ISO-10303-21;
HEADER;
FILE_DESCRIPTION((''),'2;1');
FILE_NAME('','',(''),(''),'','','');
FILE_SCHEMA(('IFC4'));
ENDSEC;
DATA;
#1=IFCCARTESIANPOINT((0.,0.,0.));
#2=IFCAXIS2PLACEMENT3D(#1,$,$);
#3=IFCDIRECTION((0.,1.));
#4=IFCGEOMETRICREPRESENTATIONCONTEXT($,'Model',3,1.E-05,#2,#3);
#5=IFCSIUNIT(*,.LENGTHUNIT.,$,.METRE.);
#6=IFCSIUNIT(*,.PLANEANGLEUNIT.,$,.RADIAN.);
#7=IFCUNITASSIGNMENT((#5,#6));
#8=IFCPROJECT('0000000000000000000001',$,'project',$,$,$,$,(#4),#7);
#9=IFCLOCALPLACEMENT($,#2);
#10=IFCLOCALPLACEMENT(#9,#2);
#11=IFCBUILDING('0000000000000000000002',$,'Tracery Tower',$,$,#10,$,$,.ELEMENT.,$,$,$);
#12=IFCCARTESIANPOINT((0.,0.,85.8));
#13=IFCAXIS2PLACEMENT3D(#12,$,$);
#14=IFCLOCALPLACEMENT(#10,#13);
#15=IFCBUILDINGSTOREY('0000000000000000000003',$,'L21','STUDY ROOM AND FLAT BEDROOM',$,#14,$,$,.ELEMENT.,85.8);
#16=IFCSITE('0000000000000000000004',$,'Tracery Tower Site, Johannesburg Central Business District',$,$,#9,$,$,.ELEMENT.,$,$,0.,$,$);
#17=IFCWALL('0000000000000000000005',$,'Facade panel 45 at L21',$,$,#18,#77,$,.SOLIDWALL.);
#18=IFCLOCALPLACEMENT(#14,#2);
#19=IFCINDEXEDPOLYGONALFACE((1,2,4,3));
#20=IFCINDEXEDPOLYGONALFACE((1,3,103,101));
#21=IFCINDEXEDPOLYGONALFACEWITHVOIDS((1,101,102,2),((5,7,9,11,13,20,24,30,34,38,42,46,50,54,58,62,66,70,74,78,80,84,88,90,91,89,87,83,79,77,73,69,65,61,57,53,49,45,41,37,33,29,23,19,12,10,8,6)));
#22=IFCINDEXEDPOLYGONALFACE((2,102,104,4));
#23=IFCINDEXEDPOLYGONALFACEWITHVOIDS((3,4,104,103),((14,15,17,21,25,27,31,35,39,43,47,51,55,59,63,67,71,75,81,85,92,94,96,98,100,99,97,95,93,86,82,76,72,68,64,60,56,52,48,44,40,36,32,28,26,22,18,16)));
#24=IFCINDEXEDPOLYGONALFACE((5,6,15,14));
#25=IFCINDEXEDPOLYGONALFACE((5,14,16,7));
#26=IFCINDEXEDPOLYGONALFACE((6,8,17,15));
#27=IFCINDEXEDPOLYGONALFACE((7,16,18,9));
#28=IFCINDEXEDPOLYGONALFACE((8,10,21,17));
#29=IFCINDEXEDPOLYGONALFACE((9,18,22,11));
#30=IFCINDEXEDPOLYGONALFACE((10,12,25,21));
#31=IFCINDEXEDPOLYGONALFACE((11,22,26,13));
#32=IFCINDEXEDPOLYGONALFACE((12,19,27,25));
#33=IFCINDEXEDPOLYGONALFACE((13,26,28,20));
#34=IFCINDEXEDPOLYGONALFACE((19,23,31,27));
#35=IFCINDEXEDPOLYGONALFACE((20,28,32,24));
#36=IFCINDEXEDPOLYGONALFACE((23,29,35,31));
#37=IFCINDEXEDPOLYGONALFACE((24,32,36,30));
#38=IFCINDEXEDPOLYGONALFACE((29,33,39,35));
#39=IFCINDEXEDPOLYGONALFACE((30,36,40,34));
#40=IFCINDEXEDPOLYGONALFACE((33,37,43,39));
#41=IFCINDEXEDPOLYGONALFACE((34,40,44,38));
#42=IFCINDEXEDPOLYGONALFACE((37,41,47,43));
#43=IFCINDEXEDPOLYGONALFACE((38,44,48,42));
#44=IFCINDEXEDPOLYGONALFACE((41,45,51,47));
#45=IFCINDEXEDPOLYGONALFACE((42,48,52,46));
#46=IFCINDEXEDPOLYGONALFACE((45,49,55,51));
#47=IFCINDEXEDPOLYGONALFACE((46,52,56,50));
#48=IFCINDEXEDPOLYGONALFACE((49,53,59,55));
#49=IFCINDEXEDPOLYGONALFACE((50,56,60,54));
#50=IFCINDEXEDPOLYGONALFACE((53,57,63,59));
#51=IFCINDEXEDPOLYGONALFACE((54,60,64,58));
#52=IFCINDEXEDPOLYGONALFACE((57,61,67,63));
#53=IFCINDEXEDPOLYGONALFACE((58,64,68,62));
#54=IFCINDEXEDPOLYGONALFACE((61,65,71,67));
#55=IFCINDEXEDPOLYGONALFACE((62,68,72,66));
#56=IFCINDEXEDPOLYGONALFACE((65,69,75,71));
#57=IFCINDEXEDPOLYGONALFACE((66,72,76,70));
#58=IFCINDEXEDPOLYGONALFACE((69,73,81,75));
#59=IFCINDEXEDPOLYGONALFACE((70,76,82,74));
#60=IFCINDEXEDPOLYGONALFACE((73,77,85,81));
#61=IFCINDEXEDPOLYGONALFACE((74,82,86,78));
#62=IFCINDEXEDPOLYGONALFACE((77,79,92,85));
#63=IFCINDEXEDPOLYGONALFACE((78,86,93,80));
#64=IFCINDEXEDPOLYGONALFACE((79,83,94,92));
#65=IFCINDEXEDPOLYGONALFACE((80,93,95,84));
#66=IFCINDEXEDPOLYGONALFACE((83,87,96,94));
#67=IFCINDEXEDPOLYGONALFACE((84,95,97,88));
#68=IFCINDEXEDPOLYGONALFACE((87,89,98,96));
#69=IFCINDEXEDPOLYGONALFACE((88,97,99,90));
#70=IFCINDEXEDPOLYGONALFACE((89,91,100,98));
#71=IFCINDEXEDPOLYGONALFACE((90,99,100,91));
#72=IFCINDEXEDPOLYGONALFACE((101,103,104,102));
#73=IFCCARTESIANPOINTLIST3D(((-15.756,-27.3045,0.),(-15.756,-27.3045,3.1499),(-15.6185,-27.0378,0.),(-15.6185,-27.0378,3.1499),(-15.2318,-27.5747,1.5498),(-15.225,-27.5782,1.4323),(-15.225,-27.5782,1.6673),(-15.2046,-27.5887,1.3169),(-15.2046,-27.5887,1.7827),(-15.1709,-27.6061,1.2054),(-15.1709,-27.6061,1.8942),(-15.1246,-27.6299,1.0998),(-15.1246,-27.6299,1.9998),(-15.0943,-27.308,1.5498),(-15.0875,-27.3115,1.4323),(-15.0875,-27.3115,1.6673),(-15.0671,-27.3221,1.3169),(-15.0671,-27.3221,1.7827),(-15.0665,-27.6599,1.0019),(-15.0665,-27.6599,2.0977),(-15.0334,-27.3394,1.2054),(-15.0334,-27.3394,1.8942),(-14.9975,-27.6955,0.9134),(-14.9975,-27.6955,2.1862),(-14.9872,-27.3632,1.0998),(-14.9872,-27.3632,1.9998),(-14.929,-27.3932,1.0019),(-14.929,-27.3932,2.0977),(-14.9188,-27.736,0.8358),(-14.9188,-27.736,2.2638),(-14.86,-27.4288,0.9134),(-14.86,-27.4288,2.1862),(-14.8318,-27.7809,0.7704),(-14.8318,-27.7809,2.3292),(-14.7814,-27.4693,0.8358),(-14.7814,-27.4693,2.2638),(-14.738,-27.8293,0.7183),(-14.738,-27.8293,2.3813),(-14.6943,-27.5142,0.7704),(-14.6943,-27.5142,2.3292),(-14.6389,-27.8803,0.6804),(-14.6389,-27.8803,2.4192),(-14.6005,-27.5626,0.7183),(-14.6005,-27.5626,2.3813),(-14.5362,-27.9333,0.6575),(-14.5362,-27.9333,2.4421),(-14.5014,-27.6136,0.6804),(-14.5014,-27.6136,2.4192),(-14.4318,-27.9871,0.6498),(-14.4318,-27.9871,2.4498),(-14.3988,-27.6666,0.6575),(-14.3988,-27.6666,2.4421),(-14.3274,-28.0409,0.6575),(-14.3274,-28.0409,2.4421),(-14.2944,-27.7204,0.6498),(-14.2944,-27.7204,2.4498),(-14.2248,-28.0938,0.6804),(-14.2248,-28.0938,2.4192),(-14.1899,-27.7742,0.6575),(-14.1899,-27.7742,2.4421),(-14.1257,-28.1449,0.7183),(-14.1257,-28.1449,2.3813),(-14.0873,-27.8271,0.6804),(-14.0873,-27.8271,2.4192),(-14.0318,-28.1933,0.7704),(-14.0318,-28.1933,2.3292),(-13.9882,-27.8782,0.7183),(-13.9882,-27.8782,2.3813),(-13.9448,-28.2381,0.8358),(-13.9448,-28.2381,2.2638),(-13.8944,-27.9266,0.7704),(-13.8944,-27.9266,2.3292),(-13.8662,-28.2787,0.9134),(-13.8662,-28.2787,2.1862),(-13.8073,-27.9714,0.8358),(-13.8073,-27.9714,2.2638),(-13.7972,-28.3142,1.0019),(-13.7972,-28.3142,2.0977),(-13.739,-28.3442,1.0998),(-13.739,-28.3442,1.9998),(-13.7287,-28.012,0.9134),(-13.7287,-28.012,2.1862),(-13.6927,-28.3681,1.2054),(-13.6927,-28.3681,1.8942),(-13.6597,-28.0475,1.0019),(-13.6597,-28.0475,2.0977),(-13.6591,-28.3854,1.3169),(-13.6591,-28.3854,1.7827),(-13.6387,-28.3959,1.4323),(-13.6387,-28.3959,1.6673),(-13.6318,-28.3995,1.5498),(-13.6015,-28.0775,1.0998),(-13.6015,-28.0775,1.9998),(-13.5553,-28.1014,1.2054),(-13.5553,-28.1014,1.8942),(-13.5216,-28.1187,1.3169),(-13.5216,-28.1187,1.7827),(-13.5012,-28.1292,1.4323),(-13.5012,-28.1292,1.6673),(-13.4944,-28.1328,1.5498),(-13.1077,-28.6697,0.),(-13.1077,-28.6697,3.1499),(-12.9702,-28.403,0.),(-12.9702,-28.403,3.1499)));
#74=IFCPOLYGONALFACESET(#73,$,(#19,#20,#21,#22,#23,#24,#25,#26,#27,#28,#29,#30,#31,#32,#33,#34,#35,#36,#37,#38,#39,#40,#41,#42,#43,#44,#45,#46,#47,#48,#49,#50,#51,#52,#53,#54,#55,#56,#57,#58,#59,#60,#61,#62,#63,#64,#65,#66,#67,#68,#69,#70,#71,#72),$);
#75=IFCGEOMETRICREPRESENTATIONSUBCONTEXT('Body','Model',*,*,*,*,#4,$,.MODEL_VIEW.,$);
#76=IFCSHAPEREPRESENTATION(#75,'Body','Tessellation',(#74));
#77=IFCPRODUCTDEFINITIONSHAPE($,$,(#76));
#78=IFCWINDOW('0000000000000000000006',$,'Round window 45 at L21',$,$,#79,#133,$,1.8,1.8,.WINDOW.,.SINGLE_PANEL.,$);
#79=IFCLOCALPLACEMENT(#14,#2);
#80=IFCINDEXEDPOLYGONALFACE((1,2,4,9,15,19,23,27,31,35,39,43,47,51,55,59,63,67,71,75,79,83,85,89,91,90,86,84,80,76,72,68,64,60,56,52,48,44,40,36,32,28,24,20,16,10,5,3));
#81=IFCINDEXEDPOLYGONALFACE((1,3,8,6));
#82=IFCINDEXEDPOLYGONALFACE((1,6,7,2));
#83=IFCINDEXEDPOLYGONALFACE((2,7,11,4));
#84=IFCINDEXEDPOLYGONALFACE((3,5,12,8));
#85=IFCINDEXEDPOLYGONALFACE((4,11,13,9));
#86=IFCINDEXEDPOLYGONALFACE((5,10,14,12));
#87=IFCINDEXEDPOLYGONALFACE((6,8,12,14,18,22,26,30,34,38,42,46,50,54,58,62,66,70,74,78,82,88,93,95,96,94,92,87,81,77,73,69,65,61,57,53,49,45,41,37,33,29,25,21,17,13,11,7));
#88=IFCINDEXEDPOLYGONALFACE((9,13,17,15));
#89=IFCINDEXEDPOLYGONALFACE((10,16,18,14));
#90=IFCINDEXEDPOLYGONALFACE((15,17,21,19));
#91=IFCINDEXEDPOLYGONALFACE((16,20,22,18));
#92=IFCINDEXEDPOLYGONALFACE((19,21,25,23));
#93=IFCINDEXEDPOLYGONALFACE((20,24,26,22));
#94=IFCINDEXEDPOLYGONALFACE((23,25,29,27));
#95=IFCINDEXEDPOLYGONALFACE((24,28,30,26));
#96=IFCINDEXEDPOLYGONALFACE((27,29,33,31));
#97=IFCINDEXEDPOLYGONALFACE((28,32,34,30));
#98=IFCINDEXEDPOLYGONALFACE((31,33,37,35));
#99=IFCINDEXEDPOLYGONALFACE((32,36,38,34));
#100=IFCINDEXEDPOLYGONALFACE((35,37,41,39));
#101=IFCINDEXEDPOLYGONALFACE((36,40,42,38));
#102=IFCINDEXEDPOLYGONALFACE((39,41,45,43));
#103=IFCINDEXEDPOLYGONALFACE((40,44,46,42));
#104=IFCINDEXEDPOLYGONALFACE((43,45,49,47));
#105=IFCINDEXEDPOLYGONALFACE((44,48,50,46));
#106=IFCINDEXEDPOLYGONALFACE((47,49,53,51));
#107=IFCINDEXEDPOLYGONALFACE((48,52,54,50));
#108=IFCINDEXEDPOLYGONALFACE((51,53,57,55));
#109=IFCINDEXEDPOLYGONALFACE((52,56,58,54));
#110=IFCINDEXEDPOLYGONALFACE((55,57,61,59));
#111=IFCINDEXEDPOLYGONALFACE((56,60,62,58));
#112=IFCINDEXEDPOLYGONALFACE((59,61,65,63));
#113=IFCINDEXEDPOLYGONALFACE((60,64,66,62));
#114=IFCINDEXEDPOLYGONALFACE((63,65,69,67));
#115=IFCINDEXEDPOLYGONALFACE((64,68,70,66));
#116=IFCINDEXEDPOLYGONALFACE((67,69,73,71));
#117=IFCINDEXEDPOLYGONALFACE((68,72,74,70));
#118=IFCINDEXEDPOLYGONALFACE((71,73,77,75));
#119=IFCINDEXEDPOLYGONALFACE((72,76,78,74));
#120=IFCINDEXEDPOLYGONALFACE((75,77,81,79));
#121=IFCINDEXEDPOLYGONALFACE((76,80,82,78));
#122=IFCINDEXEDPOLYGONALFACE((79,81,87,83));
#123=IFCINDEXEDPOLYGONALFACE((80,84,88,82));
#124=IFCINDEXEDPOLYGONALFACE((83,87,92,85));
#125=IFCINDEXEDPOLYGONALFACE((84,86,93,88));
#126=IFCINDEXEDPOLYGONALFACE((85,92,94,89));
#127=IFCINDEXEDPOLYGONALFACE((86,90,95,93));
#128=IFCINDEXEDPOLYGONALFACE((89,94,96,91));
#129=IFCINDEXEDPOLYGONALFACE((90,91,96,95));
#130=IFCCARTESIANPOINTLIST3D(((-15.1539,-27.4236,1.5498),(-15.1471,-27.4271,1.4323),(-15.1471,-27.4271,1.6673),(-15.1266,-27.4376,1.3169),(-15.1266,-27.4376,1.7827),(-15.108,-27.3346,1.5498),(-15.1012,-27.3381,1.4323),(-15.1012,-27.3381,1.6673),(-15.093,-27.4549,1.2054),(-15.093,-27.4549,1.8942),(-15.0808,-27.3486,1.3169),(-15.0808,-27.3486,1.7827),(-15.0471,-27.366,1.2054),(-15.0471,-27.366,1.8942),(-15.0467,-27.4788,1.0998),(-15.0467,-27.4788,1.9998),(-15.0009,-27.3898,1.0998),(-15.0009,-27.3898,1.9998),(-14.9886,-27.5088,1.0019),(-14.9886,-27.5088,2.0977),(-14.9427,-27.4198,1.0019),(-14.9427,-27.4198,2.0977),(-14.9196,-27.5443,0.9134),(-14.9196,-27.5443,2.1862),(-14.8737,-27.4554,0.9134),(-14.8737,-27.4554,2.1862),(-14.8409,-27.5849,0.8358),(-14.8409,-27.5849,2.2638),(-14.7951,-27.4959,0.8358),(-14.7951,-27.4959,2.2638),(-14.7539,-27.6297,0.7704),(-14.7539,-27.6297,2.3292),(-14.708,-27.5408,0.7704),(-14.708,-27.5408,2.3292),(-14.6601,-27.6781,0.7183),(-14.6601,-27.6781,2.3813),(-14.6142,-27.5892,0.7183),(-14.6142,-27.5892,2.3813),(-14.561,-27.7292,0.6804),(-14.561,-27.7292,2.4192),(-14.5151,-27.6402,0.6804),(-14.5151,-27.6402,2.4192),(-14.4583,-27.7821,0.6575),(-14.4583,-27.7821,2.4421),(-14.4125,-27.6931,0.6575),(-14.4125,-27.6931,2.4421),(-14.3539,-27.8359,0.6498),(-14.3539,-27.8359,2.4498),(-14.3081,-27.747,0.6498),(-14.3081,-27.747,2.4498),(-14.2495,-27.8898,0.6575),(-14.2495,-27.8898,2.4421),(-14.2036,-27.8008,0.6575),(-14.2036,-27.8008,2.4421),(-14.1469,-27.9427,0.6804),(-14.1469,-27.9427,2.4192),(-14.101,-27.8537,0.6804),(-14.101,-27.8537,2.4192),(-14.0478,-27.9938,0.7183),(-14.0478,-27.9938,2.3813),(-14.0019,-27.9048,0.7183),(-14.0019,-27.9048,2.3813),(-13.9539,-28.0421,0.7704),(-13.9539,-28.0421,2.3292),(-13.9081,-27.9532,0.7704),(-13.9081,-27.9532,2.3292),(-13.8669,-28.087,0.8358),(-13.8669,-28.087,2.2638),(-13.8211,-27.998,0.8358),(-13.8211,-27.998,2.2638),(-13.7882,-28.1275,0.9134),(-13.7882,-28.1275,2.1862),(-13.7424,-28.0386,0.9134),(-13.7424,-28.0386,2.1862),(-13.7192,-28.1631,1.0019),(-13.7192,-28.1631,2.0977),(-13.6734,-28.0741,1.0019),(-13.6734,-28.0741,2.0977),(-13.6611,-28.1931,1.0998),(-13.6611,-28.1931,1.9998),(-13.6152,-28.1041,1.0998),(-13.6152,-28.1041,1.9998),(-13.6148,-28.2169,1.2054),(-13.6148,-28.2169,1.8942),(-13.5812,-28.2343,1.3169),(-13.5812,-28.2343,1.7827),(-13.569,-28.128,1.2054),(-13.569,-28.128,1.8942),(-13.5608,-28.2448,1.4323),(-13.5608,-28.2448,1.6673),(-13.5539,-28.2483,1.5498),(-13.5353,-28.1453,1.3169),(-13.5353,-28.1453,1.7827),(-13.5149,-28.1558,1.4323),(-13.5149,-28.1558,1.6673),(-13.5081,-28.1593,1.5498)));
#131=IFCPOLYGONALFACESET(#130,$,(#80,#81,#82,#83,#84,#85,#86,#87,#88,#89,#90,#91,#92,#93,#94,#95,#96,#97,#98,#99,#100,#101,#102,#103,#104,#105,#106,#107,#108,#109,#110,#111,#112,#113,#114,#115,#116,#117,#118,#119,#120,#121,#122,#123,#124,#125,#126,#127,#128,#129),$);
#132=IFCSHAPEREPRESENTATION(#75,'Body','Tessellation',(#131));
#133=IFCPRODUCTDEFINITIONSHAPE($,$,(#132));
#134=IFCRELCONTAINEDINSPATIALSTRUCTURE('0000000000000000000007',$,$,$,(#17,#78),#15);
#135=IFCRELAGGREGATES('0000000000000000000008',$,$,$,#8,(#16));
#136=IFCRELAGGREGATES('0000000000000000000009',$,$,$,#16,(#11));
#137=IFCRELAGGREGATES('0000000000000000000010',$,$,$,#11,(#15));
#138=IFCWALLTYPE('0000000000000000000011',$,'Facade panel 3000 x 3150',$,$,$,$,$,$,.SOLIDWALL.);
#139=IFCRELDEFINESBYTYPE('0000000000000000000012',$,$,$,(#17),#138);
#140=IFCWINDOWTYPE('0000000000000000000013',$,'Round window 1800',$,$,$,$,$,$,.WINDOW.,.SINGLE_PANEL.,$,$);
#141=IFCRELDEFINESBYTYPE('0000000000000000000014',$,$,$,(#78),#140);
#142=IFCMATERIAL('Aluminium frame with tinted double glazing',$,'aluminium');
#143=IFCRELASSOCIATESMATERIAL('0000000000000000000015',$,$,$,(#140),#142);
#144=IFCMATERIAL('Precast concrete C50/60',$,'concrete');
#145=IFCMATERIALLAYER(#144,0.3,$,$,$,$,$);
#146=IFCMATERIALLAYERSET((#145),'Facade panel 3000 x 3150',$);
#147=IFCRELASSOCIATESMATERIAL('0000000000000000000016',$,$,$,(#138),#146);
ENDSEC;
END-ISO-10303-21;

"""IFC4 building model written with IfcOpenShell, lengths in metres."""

from ifc_helpers import new_model, si_unit, direction, frame, frame_2d, origin, origin_2d, place, context, subcontext, project, spatial, rectangle, circle, extrude, material, layer, layer_set, type_object, element, fill, save


model = new_model("IFC4")

# Units and contexts
model_context = context("Model", 3, precision=1e-05, world=origin(), true_north=direction((0.0, 1.0)))
body_context = subcontext(model_context, "Body", "Model", "MODEL_VIEW")
ifc_project = project(units=[si_unit("LENGTHUNIT", "METRE"), si_unit("PLANEANGLEUNIT", "RADIAN")], contexts=[model_context])

# Site, building, storey
site_placement = place(None, origin())
site = spatial("IfcSite", under=ifc_project, at=site_placement, Name="Tracery Tower Site, Johannesburg Central Business District", CompositionType="ELEMENT", RefElevation=0.0)
building_placement = place(site_placement, origin())
building = spatial("IfcBuilding", under=site, at=building_placement, Name="Tracery Tower", CompositionType="ELEMENT")
storey_placement = place(building_placement, frame((0.0, 0.0, 85.8)))
storey = spatial("IfcBuildingStorey", under=building, at=storey_placement, Name="L21", Description="STUDY ROOM AND FLAT BEDROOM", CompositionType="ELEMENT", Elevation=85.8)

# Wall, opening, window
ifc_material_1 = material(Name="Aluminium frame with tinted double glazing", Category="aluminium")
window_type = type_object("IfcWindowType", Name="Round window 1800", PartitioningType="SINGLE_PANEL", PredefinedType="WINDOW", material=ifc_material_1)
ifc_material_2 = material(Name="Precast concrete C50/60", Category="concrete")
ifc_layer_1 = layer(ifc_material_2, 0.3)
ifc_layer_set_1 = layer_set([ifc_layer_1], Name="Facade panel 3000 x 3150")
wall_type_1 = type_object("IfcWallType", Name="Facade panel 3000 x 3150", PredefinedType="SOLIDWALL", material=ifc_layer_set_1)
wall_1_placement = place(storey_placement, frame((-15.6873, -27.1711, 0.0), z_axis=(0.0, 0.0, 1.0), x_axis=(0.888853, -0.458192, 0.0)))
wall_1 = element("IfcWall", 1, at=wall_1_placement, inside=storey, type_object=wall_type_1, Name="Facade panel 45 at L21", PredefinedType="SOLIDWALL", context=body_context, shape_type="SweptSolid", body=[
    extrude(rectangle(XDim=2.9795, YDim=0.3, at=frame_2d((1.4897, 0.0))), origin(), (0.0, 0.0, 1.0), 3.1499),
])
opening_1_placement = place(wall_1_placement, frame((1.4897, 0.0, 1.5498)))
opening_1 = element("IfcOpeningElement", 2, at=opening_1_placement, cuts=wall_1, PredefinedType="OPENING", context=body_context, shape_type="SweptSolid", body=[
    extrude(circle(Radius=0.9, at=origin_2d()), frame((0.0, 0.1599, 0.0), z_axis=(0.0, -1.0, 0.0), x_axis=(1.0, 0.0, 0.0)), (0.0, 0.0, 1.0), 0.3201),
])
window_1_placement = place(opening_1_placement, origin())
window_1 = element("IfcWindow", 3, at=window_1_placement, inside=storey, type_object=window_type, Name="Round window 45 at L21", OverallHeight=1.8, OverallWidth=1.8, PartitioningType="SINGLE_PANEL", PredefinedType="WINDOW", context=body_context, shape_type="SweptSolid", body=[
    extrude(circle(Radius=0.9, at=origin_2d()), frame((0.0, 0.1201, 0.0), z_axis=(0.0, -1.0, 0.0), x_axis=(1.0, 0.0, 0.0)), (0.0, 0.0, 1.0), 0.1001),
])
fill(opening_1, window_1)

save(model, "model.ifc")
